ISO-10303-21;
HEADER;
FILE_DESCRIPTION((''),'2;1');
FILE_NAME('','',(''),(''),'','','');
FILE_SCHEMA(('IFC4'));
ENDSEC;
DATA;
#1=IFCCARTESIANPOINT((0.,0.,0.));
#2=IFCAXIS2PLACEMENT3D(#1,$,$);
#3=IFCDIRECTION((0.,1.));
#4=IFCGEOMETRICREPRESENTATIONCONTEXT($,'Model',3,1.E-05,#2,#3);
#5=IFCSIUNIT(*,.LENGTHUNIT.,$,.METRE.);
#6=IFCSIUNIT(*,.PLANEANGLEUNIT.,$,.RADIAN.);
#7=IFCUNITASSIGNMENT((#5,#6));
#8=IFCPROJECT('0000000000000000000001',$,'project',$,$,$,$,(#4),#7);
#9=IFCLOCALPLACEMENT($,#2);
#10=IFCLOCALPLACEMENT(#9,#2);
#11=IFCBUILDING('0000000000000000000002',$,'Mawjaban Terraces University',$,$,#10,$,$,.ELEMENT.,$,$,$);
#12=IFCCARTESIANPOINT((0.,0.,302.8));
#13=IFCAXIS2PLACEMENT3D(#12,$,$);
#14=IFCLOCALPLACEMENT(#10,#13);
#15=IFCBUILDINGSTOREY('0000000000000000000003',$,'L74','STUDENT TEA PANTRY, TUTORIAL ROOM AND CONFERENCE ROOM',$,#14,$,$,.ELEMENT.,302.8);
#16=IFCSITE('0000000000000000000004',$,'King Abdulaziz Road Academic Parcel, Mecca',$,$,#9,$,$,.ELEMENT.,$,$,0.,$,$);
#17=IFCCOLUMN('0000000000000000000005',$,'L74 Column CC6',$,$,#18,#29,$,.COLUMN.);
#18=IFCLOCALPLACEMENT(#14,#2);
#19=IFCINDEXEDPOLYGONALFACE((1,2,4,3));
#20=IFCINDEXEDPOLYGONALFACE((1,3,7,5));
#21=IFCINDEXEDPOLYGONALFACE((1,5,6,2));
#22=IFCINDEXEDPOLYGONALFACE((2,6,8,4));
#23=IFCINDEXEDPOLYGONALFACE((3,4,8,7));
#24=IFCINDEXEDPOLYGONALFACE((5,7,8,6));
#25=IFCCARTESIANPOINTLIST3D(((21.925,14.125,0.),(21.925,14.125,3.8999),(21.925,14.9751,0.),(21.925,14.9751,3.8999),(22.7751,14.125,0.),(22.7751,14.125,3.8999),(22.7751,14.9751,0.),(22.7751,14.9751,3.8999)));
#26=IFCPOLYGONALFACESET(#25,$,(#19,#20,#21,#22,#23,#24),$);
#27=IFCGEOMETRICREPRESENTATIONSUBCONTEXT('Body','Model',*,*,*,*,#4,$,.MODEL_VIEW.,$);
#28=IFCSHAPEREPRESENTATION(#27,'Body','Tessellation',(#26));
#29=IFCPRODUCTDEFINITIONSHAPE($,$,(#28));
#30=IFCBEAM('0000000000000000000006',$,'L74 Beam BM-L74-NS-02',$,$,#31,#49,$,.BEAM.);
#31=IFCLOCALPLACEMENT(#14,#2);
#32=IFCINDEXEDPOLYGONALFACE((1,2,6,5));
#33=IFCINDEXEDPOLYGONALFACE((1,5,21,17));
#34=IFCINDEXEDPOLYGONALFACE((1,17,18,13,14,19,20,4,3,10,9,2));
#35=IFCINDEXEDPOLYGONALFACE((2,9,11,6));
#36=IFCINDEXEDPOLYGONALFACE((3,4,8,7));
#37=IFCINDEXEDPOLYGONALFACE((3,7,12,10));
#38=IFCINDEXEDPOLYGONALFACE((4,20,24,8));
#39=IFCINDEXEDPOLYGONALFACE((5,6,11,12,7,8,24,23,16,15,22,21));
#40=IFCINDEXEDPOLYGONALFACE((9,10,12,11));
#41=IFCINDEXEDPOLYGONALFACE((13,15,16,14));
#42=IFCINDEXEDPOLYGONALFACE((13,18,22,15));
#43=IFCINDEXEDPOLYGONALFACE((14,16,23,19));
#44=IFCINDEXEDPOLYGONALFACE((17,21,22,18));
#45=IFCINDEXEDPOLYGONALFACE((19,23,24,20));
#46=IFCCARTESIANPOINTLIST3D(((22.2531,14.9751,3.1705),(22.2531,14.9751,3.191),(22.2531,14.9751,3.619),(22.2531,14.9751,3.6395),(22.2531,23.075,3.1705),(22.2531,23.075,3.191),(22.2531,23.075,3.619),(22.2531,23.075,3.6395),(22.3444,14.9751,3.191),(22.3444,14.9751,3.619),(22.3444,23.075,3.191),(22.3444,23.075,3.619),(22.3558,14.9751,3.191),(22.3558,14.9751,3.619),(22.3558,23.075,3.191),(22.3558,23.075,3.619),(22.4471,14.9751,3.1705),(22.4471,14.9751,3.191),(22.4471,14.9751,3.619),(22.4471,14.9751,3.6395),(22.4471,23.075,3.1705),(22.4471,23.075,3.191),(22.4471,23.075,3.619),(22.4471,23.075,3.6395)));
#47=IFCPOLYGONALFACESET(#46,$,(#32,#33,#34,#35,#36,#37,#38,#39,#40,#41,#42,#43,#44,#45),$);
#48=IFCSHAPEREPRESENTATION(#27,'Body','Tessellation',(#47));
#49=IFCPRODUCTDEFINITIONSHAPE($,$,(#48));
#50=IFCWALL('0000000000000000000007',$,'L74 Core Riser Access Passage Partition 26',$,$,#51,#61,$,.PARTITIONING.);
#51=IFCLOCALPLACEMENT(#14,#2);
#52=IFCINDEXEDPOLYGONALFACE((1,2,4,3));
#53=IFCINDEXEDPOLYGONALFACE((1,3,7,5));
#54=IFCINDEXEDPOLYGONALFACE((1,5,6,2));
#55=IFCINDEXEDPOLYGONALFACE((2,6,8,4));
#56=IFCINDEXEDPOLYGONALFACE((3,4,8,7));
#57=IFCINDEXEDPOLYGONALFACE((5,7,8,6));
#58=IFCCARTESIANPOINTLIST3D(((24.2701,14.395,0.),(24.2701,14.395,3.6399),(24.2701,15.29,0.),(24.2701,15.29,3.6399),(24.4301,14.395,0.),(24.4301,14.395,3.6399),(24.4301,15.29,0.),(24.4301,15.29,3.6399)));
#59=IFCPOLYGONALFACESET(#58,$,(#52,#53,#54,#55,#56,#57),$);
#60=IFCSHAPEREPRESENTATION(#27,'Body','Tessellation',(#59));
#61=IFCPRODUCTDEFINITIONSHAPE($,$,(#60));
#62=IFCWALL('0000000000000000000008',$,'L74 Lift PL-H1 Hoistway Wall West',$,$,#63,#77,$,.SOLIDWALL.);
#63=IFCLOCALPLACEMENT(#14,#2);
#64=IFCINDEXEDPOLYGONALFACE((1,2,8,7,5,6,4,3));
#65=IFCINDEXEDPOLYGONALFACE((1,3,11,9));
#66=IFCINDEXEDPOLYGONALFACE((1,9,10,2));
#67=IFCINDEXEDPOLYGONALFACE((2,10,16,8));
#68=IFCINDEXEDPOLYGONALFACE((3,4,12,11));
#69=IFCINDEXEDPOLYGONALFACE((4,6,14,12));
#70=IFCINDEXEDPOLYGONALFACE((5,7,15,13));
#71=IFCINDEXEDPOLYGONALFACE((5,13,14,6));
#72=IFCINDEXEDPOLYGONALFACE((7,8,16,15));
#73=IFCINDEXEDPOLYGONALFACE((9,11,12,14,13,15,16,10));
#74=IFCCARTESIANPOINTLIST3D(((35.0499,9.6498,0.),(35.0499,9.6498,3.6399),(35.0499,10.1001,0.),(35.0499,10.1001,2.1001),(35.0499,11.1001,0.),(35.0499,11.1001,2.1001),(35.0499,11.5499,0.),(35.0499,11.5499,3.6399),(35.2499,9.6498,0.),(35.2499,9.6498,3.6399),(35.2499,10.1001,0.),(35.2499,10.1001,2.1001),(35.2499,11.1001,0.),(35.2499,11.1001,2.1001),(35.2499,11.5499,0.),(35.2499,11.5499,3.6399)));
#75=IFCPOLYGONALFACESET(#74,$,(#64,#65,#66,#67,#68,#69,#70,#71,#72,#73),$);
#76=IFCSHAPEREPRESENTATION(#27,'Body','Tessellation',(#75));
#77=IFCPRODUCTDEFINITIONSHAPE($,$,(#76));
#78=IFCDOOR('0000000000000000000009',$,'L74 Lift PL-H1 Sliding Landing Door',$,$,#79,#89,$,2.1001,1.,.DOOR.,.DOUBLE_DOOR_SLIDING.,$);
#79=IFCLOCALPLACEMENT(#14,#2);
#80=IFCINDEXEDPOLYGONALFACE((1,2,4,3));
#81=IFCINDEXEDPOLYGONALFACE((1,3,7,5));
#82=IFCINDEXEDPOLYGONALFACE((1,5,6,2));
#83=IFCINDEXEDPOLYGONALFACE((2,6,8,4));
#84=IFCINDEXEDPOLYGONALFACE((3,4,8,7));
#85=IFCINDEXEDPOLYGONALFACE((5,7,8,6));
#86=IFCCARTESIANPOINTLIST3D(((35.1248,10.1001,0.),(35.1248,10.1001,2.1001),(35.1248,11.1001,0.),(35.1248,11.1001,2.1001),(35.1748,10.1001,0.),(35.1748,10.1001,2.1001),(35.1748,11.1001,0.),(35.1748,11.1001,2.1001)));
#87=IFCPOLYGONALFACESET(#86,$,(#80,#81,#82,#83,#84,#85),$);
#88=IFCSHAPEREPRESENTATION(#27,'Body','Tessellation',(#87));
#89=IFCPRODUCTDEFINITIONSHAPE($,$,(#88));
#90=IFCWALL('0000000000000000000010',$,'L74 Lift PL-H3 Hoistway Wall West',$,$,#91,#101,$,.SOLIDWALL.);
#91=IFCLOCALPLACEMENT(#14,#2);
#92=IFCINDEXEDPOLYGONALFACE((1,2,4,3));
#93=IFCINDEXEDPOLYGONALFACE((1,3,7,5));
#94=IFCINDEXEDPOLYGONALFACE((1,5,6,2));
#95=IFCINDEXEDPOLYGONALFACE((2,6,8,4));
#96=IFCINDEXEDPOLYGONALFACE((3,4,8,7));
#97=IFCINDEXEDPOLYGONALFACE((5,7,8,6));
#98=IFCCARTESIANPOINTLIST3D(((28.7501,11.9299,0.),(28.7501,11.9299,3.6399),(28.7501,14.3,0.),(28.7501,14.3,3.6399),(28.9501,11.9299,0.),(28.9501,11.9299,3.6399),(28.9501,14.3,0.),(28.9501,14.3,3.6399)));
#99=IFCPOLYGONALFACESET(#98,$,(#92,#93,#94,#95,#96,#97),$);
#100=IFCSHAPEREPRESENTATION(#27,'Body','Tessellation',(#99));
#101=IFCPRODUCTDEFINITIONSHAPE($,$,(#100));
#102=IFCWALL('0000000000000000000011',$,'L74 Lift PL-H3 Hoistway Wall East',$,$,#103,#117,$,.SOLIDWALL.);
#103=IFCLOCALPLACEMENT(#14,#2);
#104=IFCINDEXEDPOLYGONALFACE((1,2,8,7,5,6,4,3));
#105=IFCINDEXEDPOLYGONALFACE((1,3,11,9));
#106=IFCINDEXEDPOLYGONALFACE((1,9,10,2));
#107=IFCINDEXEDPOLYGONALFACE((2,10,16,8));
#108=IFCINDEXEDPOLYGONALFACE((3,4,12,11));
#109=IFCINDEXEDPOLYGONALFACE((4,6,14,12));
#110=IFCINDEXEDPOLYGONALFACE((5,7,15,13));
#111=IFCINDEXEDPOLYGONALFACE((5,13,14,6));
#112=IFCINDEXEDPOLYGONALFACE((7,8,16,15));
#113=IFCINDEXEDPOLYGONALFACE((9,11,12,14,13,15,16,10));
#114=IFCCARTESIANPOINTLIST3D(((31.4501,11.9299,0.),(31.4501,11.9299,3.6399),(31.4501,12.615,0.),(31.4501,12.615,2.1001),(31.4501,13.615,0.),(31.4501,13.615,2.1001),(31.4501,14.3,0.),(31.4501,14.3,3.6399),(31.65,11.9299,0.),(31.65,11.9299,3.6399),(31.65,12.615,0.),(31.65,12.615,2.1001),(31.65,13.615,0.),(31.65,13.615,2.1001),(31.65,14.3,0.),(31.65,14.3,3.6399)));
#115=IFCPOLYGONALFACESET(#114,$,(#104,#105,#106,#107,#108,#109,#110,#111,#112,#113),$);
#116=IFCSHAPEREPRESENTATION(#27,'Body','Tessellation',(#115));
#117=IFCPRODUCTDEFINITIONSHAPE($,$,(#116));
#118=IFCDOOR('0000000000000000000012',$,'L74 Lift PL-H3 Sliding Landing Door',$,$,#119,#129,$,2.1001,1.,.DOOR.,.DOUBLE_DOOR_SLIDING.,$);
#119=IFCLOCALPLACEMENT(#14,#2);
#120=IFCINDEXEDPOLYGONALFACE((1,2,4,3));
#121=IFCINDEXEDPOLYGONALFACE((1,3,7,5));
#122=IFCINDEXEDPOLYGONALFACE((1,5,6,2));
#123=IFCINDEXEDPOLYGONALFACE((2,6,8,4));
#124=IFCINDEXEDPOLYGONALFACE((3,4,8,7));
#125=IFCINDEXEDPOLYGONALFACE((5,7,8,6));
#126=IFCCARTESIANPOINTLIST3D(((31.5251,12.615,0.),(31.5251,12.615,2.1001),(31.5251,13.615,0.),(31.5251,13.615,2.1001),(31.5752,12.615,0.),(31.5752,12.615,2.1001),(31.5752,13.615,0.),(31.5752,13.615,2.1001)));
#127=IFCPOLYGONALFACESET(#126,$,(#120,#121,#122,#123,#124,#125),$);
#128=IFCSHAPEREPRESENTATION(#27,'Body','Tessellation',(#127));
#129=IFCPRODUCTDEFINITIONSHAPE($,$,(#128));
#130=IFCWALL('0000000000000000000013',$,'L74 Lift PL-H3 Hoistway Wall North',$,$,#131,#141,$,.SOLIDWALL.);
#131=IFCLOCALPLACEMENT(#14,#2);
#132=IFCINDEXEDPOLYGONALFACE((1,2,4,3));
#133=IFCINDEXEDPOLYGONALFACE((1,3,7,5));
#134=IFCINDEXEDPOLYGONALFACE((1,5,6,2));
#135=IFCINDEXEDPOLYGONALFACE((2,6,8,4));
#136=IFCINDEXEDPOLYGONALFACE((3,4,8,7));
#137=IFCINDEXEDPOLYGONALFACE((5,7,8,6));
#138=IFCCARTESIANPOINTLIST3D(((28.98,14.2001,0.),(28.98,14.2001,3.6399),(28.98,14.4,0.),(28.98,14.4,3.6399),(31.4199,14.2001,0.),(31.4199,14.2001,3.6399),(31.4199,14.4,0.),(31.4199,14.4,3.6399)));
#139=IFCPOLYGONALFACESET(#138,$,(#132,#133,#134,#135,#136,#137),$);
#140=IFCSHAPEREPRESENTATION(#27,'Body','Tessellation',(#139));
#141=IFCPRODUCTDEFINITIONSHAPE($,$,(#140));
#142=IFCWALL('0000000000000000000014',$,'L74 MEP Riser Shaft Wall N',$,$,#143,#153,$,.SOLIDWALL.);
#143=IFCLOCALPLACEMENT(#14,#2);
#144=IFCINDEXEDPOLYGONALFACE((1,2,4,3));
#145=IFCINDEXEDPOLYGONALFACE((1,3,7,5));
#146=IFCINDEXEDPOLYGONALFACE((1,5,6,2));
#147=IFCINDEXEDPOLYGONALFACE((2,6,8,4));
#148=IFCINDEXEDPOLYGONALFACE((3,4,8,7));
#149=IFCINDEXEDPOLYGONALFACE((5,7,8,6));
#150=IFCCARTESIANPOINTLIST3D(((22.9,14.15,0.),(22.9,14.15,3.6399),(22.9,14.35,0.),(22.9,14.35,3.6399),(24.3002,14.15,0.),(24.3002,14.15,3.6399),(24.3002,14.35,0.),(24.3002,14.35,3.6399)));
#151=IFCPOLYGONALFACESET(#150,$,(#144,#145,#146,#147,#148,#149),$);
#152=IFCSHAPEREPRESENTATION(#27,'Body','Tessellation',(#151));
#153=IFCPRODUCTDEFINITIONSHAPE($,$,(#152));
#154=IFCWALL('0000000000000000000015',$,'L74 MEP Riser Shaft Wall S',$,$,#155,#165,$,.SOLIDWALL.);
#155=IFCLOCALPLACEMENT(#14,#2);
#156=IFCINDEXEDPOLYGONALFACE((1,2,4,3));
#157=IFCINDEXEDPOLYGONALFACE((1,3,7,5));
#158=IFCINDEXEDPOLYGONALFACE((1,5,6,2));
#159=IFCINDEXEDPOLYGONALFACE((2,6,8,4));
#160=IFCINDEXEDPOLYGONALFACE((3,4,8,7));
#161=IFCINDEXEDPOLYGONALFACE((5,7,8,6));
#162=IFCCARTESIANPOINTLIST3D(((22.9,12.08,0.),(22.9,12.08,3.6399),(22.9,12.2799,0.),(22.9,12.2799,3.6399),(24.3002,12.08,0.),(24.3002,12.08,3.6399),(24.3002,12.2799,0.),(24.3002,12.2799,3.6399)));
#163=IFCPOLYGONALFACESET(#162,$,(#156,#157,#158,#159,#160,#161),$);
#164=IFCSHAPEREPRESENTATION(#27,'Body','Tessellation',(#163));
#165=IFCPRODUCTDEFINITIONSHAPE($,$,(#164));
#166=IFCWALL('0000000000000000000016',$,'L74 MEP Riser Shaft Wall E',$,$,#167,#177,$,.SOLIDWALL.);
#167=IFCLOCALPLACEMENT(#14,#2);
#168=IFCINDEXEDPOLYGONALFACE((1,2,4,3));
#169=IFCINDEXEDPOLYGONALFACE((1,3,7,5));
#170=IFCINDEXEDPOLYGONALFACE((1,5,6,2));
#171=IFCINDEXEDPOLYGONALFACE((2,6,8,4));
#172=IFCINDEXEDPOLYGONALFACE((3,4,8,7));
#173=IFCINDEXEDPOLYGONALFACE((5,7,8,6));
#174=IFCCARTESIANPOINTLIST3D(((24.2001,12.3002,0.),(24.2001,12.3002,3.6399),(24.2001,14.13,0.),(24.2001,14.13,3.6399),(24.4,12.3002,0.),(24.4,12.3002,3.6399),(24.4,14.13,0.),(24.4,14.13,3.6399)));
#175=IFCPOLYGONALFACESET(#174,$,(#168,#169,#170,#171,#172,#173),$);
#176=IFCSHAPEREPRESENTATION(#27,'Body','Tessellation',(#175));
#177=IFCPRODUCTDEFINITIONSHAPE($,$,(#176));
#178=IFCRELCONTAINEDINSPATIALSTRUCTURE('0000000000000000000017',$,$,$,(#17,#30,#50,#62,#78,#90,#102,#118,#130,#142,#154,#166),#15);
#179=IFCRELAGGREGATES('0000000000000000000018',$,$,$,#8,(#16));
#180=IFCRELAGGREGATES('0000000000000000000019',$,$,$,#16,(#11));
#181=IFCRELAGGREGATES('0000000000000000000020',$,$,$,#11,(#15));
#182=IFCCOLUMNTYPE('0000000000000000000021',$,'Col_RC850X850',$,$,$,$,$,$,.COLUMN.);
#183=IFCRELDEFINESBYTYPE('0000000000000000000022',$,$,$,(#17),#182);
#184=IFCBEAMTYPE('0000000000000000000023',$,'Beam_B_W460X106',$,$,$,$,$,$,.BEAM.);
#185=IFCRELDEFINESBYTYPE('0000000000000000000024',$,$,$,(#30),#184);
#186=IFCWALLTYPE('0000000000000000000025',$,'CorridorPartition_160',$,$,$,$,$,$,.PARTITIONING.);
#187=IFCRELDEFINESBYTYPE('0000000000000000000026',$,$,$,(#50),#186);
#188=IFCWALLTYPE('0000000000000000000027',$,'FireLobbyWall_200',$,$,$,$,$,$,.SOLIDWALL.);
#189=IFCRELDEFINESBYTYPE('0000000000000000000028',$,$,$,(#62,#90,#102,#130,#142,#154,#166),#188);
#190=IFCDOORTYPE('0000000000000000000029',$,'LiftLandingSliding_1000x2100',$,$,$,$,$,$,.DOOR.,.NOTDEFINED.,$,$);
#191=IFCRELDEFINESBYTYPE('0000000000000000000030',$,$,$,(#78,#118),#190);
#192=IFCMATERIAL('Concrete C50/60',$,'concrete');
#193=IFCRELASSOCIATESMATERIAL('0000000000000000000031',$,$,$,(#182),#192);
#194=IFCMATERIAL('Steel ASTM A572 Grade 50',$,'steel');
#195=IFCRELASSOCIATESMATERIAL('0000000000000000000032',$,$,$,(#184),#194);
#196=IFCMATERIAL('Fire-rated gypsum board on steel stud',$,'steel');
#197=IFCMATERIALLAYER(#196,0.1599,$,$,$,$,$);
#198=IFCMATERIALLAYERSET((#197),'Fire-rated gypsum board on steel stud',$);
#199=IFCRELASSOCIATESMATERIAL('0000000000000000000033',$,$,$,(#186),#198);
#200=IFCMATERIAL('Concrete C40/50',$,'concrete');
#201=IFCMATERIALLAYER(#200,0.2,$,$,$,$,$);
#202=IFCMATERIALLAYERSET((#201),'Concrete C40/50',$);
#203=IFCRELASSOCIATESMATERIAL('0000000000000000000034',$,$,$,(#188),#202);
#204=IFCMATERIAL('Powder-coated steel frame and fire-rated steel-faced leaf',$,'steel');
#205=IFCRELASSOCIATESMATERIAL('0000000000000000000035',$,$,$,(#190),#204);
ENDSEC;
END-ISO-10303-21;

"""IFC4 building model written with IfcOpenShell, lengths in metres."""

from ifc_helpers import new_model, si_unit, direction, frame, frame_2d, origin, origin_2d, place, context, subcontext, project, spatial, rectangle, i_section, extrude, material, layer, layer_set, material_profile, profile_set, type_object, element, fill, save


model = new_model("IFC4")

# Units and contexts
model_context = context("Model", 3, precision=1e-05, world=origin(), true_north=direction((0.0, 1.0)))
body_context = subcontext(model_context, "Body", "Model", "MODEL_VIEW")
ifc_project = project(units=[si_unit("LENGTHUNIT", "METRE"), si_unit("PLANEANGLEUNIT", "RADIAN")], contexts=[model_context])

# Site, building, storey
site_placement = place(None, origin())
site = spatial("IfcSite", under=ifc_project, at=site_placement, Name="King Abdulaziz Road Academic Parcel, Mecca", CompositionType="ELEMENT", RefElevation=0.0)
building_placement = place(site_placement, origin())
building = spatial("IfcBuilding", under=site, at=building_placement, Name="Mawjaban Terraces University", CompositionType="ELEMENT")
storey_placement = place(building_placement, frame((0.0, 0.0, 302.8)))
storey = spatial("IfcBuildingStorey", under=building, at=storey_placement, Name="L74", Description="STUDENT TEA PANTRY, TUTORIAL ROOM AND CONFERENCE ROOM", CompositionType="ELEMENT", Elevation=302.8)

# Column
ifc_material_1 = material(Name="Concrete C50/60", Category="concrete")
ifc_material_profile_1 = material_profile(ifc_material_1, rectangle(XDim=0.8501, YDim=0.8501, at=origin_2d()), Name="RC850X850")
ifc_profile_set_1 = profile_set([ifc_material_profile_1], Name="Concrete C50/60")
column_type = type_object("IfcColumnType", Name="Col_RC850X850", PredefinedType="COLUMN", material=ifc_profile_set_1)
column_placement = place(storey_placement, frame((22.3501, 14.55, 0.0), z_axis=(0.0, 0.0, 1.0), x_axis=(1.0, 0.0, 0.0)))
element("IfcColumn", 1, at=column_placement, inside=storey, type_object=column_type, Name="L74 Column CC6", PredefinedType="COLUMN", context=body_context, shape_type="SweptSolid", body=[
    extrude(rectangle(XDim=0.8501, YDim=0.8501, at=origin_2d()), origin(), (0.0, 0.0, 1.0), 3.8999),
])

# Beam
ifc_material_2 = material(Name="Steel ASTM A572 Grade 50", Category="steel")
ifc_material_profile_2 = material_profile(ifc_material_2, i_section(OverallWidth=0.1941, OverallDepth=0.469, WebThickness=0.0115, FlangeThickness=0.0205, at=origin_2d()), Name="W460X106")
ifc_profile_set_2 = profile_set([ifc_material_profile_2], Name="Steel ASTM A572 Grade 50")
beam_type = type_object("IfcBeamType", Name="Beam_B_W460X106", PredefinedType="BEAM", material=ifc_profile_set_2)
beam_placement = place(storey_placement, frame((22.3501, 14.9751, 3.405), z_axis=(0.0, 1.0, 0.0), x_axis=(-1.0, 0.0, 0.0)))
element("IfcBeam", 2, at=beam_placement, inside=storey, type_object=beam_type, Name="L74 Beam BM-L74-NS-02", PredefinedType="BEAM", context=body_context, shape_type="SweptSolid", body=[
    extrude(i_section(OverallWidth=0.1941, OverallDepth=0.469, WebThickness=0.0115, FlangeThickness=0.0205, at=origin_2d()), origin(), (0.0, 0.0, 1.0), 8.0999),
])

# Wall
ifc_material_3 = material(Name="Fire-rated gypsum board on steel stud", Category="steel")
ifc_layer_1 = layer(ifc_material_3, 0.1599)
ifc_layer_set_1 = layer_set([ifc_layer_1], Name="Fire-rated gypsum board on steel stud")
wall_type_1 = type_object("IfcWallType", Name="CorridorPartition_160", PredefinedType="PARTITIONING", material=ifc_layer_set_1)
wall_1_placement = place(storey_placement, frame((24.3501, 15.29, 0.0), z_axis=(0.0, 0.0, 1.0), x_axis=(0.0, -1.0, 0.0)))
element("IfcWall", 3, at=wall_1_placement, inside=storey, type_object=wall_type_1, Name="L74 Core Riser Access Passage Partition 26", PredefinedType="PARTITIONING", context=body_context, shape_type="SweptSolid", body=[
    extrude(rectangle(XDim=0.895, YDim=0.1599, at=frame_2d((0.4475, 0.0))), origin(), (0.0, 0.0, 1.0), 3.6399),
])

# Wall, opening, door
ifc_material_4 = material(Name="Concrete C40/50", Category="concrete")
ifc_layer_2 = layer(ifc_material_4, 0.2)
ifc_layer_set_2 = layer_set([ifc_layer_2], Name="Concrete C40/50")
wall_type_2 = type_object("IfcWallType", Name="FireLobbyWall_200", PredefinedType="SOLIDWALL", material=ifc_layer_set_2)
wall_2_placement = place(storey_placement, frame((35.1499, 11.55, 0.0), z_axis=(0.0, 0.0, 1.0), x_axis=(0.0, -1.0, 0.0)))
wall_2 = element("IfcWall", 4, at=wall_2_placement, inside=storey, type_object=wall_type_2, Name="L74 Lift PL-H1 Hoistway Wall West", PredefinedType="SOLIDWALL", context=body_context, shape_type="SweptSolid", body=[
    extrude(rectangle(XDim=1.9001, YDim=0.2, at=frame_2d((0.9502, 0.0))), origin(), (0.0, 0.0, 1.0), 3.6399),
])
opening_1_placement = place(wall_2_placement, frame((0.45, 0.0, 0.0)))
opening_1 = element("IfcOpeningElement", 5, at=opening_1_placement, cuts=wall_2, PredefinedType="OPENING", context=body_context, shape_type="SweptSolid", body=[
    extrude(rectangle(XDim=1.0, YDim=2.1001, at=frame_2d((0.5, 1.05))), frame((0.0, 0.1099, 0.0), z_axis=(0.0, -1.0, 0.0), x_axis=(1.0, 0.0, 0.0)), (0.0, 0.0, 1.0), 0.22),
])
ifc_material_5 = material(Name="Powder-coated steel frame and fire-rated steel-faced leaf", Category="steel")
door_type_1 = type_object("IfcDoorType", Name="LiftLandingSliding_1000x2100", OperationType="NOTDEFINED", PredefinedType="DOOR", material=ifc_material_5)
door_1_placement = place(opening_1_placement, origin())
door_1 = element("IfcDoor", 6, at=door_1_placement, inside=storey, type_object=door_type_1, Name="L74 Lift PL-H1 Sliding Landing Door", OperationType="DOUBLE_DOOR_SLIDING", OverallHeight=2.1001, OverallWidth=1.0, PredefinedType="DOOR", context=body_context, shape_type="SweptSolid", body=[
    extrude(rectangle(XDim=1.0, YDim=2.1001, at=frame_2d((0.5, 1.05))), frame((0.0, 0.0249, 0.0), z_axis=(0.0, -1.0, 0.0), x_axis=(1.0, 0.0, 0.0)), (0.0, 0.0, 1.0), 0.05),
])
fill(opening_1, door_1)

# Wall
wall_3_placement = place(storey_placement, frame((28.8501, 14.3, 0.0), z_axis=(0.0, 0.0, 1.0), x_axis=(0.0, -1.0, 0.0)))
element("IfcWall", 7, at=wall_3_placement, inside=storey, type_object=wall_type_2, Name="L74 Lift PL-H3 Hoistway Wall West", PredefinedType="SOLIDWALL", context=body_context, shape_type="SweptSolid", body=[
    extrude(rectangle(XDim=2.3701, YDim=0.2, at=frame_2d((1.1851, 0.0))), origin(), (0.0, 0.0, 1.0), 3.6399),
])

# Wall, opening, door
wall_4_placement = place(storey_placement, frame((31.55, 11.9299, 0.0), z_axis=(0.0, 0.0, 1.0), x_axis=(0.0, 1.0, 0.0)))
wall_4 = element("IfcWall", 8, at=wall_4_placement, inside=storey, type_object=wall_type_2, Name="L74 Lift PL-H3 Hoistway Wall East", PredefinedType="SOLIDWALL", context=body_context, shape_type="SweptSolid", body=[
    extrude(rectangle(XDim=2.3701, YDim=0.2, at=frame_2d((1.1851, 0.0))), origin(), (0.0, 0.0, 1.0), 3.6399),
])
opening_2_placement = place(wall_4_placement, frame((0.6851, 0.0, 0.0)))
opening_2 = element("IfcOpeningElement", 9, at=opening_2_placement, cuts=wall_4, PredefinedType="OPENING", context=body_context, shape_type="SweptSolid", body=[
    extrude(rectangle(XDim=1.0, YDim=2.1001, at=frame_2d((0.5, 1.05))), frame((0.0, 0.1099, 0.0), z_axis=(0.0, -1.0, 0.0), x_axis=(1.0, 0.0, 0.0)), (0.0, 0.0, 1.0), 0.22),
])
door_2_placement = place(opening_2_placement, origin())
door_2 = element("IfcDoor", 10, at=door_2_placement, inside=storey, type_object=door_type_1, Name="L74 Lift PL-H3 Sliding Landing Door", OperationType="DOUBLE_DOOR_SLIDING", OverallHeight=2.1001, OverallWidth=1.0, PredefinedType="DOOR", context=body_context, shape_type="SweptSolid", body=[
    extrude(rectangle(XDim=1.0, YDim=2.1001, at=frame_2d((0.5, 1.05))), frame((0.0, 0.0249, 0.0), z_axis=(0.0, -1.0, 0.0), x_axis=(1.0, 0.0, 0.0)), (0.0, 0.0, 1.0), 0.05),
])
fill(opening_2, door_2)

# Walls
wall_5_placement = place(storey_placement, frame((31.4199, 14.3, 0.0), z_axis=(0.0, 0.0, 1.0), x_axis=(-1.0, 0.0, 0.0)))
element("IfcWall", 11, at=wall_5_placement, inside=storey, type_object=wall_type_2, Name="L74 Lift PL-H3 Hoistway Wall North", PredefinedType="SOLIDWALL", context=body_context, shape_type="SweptSolid", body=[
    extrude(rectangle(XDim=2.4399, YDim=0.2, at=frame_2d((1.22, 0.0))), origin(), (0.0, 0.0, 1.0), 3.6399),
])
for number, where, z_axis, x_axis, name in (
    (12, (22.8999, 14.25, 0.0), (0.0, 0.0, 1.0), (1.0, 0.0, 0.0), "L74 MEP Riser Shaft Wall N"),
    (13, (22.8999, 12.1799, 0.0), (0.0, 0.0, 1.0), (1.0, 0.0, 0.0), "L74 MEP Riser Shaft Wall S"),
):
    element("IfcWall", number, at=place(storey_placement, frame(where, z_axis=z_axis, x_axis=x_axis)), inside=storey, type_object=wall_type_2, Name=name, PredefinedType="SOLIDWALL", context=body_context, shape_type="SweptSolid", body=[
        extrude(rectangle(XDim=1.4001, YDim=0.2, at=frame_2d((0.7002, 0.0))), origin(), (0.0, 0.0, 1.0), 3.6399),
    ])
for number, where, z_axis, x_axis, name in (
    (14, (24.3, 12.3, 0.0), (0.0, 0.0, 1.0), (0.0, 1.0, 0.0), "L74 MEP Riser Shaft Wall E"),
):
    element("IfcWall", number, at=place(storey_placement, frame(where, z_axis=z_axis, x_axis=x_axis)), inside=storey, type_object=wall_type_2, Name=name, PredefinedType="SOLIDWALL", context=body_context, shape_type="SweptSolid", body=[
        extrude(rectangle(XDim=1.8298, YDim=0.2, at=frame_2d((0.915, 0.0))), origin(), (0.0, 0.0, 1.0), 3.6399),
    ])

save(model, "model.ifc")
